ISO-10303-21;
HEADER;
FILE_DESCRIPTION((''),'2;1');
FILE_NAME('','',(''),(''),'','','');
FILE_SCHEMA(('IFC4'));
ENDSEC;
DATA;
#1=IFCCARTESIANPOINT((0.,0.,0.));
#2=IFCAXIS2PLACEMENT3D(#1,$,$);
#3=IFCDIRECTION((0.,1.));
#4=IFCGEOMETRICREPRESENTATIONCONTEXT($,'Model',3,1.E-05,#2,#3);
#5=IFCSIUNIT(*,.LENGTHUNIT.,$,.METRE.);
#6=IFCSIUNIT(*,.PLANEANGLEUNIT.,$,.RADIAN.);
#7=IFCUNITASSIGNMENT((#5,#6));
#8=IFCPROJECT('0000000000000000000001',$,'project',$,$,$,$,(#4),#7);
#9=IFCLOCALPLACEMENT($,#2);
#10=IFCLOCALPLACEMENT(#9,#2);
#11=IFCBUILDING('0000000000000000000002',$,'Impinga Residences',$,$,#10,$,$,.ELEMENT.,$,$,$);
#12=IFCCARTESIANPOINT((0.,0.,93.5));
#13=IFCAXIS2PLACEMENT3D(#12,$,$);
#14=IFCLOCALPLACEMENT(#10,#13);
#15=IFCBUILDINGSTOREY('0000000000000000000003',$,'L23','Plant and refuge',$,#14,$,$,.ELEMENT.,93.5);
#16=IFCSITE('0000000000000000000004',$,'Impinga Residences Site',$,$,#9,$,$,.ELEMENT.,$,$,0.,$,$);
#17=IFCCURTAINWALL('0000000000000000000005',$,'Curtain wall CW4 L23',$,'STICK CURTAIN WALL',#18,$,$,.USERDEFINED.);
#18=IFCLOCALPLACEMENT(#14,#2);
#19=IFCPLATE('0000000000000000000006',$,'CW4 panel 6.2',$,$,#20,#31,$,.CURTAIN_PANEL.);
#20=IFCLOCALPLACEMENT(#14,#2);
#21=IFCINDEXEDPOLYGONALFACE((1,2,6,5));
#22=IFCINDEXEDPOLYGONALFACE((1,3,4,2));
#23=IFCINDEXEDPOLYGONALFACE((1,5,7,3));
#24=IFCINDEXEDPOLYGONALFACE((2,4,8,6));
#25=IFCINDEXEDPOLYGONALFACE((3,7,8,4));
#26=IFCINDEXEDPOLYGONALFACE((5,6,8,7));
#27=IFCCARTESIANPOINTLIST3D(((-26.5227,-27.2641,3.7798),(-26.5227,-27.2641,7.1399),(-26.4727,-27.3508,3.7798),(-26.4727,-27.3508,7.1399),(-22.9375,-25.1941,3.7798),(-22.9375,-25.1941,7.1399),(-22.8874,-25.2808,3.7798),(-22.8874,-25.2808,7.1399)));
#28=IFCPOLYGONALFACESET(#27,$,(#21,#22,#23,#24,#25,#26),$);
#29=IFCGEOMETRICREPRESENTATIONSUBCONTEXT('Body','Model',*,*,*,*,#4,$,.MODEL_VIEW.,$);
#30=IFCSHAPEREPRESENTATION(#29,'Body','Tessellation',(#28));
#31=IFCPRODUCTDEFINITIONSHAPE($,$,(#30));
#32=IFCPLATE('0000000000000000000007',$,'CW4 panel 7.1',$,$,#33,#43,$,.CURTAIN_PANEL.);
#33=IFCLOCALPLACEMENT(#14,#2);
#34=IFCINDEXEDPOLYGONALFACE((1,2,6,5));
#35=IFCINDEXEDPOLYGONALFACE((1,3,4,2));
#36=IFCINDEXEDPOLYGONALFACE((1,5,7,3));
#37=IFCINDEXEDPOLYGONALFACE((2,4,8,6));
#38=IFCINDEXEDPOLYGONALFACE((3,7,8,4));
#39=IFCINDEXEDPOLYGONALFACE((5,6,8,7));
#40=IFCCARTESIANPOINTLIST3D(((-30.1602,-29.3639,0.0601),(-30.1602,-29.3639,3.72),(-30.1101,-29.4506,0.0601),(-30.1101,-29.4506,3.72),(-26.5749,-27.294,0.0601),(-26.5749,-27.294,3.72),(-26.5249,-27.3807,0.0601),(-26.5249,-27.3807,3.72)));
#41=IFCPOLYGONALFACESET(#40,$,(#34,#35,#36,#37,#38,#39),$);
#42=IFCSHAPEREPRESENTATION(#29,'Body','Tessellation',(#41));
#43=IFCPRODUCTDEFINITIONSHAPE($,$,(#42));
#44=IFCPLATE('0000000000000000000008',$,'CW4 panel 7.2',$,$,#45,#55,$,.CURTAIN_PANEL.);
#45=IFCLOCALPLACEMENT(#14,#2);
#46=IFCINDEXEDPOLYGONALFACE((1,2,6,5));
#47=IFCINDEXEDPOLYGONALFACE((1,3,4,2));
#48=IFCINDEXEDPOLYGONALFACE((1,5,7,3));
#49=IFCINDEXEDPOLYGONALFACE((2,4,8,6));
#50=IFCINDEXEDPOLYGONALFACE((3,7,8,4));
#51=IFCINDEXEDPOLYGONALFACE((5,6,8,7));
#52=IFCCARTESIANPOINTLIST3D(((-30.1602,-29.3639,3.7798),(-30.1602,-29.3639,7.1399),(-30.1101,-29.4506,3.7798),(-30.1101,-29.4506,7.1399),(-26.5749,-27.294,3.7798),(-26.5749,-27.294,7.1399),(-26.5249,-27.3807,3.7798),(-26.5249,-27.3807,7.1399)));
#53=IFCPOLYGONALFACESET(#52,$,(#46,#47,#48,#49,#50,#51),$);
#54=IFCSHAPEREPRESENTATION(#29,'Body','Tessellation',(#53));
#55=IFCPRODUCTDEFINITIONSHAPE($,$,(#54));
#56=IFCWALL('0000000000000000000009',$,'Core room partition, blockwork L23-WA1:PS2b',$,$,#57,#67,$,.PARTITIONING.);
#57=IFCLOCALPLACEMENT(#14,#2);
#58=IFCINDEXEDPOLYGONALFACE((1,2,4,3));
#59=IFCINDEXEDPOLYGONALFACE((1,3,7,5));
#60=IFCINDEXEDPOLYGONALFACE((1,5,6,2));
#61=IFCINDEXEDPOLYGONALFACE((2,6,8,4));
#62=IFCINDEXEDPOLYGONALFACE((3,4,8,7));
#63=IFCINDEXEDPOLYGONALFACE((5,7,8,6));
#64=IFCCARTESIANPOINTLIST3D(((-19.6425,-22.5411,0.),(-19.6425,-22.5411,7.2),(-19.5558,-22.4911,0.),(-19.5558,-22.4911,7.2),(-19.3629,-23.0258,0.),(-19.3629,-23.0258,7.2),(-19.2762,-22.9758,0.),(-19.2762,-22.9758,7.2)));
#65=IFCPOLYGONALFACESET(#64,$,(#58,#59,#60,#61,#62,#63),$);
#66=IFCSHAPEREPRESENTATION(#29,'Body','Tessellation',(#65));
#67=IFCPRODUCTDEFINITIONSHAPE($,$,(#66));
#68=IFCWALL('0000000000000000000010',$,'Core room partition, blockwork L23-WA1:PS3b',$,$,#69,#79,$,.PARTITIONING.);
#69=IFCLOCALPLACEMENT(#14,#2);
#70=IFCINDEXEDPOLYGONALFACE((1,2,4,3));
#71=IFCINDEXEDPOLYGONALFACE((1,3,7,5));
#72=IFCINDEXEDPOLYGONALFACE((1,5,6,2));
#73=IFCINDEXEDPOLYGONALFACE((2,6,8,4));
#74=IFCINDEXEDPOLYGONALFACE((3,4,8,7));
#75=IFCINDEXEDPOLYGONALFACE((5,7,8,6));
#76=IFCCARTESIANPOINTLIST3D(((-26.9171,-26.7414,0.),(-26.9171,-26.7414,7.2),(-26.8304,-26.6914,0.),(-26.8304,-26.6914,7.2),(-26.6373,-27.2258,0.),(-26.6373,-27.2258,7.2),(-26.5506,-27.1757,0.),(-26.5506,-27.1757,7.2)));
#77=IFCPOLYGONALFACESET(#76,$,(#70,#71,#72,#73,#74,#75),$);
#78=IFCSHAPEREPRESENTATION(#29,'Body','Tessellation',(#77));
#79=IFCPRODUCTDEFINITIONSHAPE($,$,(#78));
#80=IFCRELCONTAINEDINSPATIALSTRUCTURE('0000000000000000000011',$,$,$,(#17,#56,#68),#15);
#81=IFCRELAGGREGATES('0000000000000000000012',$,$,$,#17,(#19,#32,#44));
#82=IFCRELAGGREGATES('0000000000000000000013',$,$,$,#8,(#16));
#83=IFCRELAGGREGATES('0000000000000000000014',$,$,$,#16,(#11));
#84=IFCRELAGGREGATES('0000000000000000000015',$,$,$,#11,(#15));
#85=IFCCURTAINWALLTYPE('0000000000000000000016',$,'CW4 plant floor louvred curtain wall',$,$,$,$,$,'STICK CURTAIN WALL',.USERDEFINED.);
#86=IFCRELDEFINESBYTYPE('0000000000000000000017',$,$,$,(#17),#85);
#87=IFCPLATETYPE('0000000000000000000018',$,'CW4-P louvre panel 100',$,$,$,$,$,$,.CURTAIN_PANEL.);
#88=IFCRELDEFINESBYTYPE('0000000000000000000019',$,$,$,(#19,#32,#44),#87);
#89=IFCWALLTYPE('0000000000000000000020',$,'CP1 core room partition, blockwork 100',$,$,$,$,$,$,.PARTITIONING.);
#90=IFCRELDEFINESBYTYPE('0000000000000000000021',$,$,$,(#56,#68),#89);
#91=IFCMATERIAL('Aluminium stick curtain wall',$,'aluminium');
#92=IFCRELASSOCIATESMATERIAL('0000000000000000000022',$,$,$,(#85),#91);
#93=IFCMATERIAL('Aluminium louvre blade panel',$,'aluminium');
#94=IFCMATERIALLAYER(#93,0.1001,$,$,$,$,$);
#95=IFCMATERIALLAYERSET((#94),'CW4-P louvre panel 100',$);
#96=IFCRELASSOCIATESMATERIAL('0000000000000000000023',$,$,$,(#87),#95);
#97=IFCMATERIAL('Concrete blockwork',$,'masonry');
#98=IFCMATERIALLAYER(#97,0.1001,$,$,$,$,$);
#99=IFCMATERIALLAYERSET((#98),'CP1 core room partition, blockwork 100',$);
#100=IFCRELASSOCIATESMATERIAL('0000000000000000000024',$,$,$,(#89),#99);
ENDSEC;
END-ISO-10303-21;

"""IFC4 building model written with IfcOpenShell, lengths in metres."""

from ifc_helpers import new_model, si_unit, direction, frame, frame_2d, origin, origin_2d, place, context, subcontext, project, spatial, rectangle, extrude, material, layer, layer_set, type_object, element, aggregate, save


model = new_model("IFC4")

# Units and contexts
model_context = context("Model", 3, precision=1e-05, world=origin(), true_north=direction((0.0, 1.0)))
body_context = subcontext(model_context, "Body", "Model", "MODEL_VIEW")
ifc_project = project(units=[si_unit("LENGTHUNIT", "METRE"), si_unit("PLANEANGLEUNIT", "RADIAN")], contexts=[model_context])

# Site, building, storey
site_placement = place(None, origin())
site = spatial("IfcSite", under=ifc_project, at=site_placement, Name="Impinga Residences Site", CompositionType="ELEMENT", RefElevation=0.0)
building_placement = place(site_placement, origin())
building = spatial("IfcBuilding", under=site, at=building_placement, Name="Impinga Residences", CompositionType="ELEMENT")
storey_placement = place(building_placement, frame((0.0, 0.0, 93.5)))
storey = spatial("IfcBuildingStorey", under=building, at=storey_placement, Name="L23", Description="Plant and refuge", CompositionType="ELEMENT", Elevation=93.5)

# Curtain wall, plates
ifc_material_1 = material(Name="Aluminium stick curtain wall", Category="aluminium")
curtain_wall_type = type_object("IfcCurtainWallType", Name="CW4 plant floor louvred curtain wall", ElementType="STICK CURTAIN WALL", PredefinedType="USERDEFINED", material=ifc_material_1)
curtain_wall_placement = place(storey_placement, origin())
curtain_wall = element("IfcCurtainWall", 1, at=curtain_wall_placement, inside=storey, type_object=curtain_wall_type, Name="Curtain wall CW4 L23", ObjectType="STICK CURTAIN WALL", PredefinedType="USERDEFINED")
ifc_material_2 = material(Name="Aluminium louvre blade panel", Category="aluminium")
ifc_layer_1 = layer(ifc_material_2, 0.1001)
ifc_layer_set_1 = layer_set([ifc_layer_1], Name="CW4-P louvre panel 100")
plate_type = type_object("IfcPlateType", Name="CW4-P louvre panel 100", PredefinedType="CURTAIN_PANEL", material=ifc_layer_set_1)
plate_1_placement = place(storey_placement, frame((-24.7051, -26.2725, 3.7798), z_axis=(0.0, 0.0, 1.0), x_axis=(-0.866025, -0.5, 0.0)))
plate_1 = element("IfcPlate", 2, at=plate_1_placement, type_object=plate_type, Name="CW4 panel 6.2", PredefinedType="CURTAIN_PANEL", context=body_context, shape_type="SweptSolid", body=[
    extrude(rectangle(XDim=4.1399, YDim=0.1001, at=origin_2d()), origin(), (0.0, 0.0, 1.0), 3.3601),
])
plate_2_placement = place(storey_placement, frame((-28.3425, -28.3723, 0.0601), z_axis=(0.0, 0.0, 1.0), x_axis=(-0.866025, -0.5, 0.0)))
plate_2 = element("IfcPlate", 3, at=plate_2_placement, type_object=plate_type, Name="CW4 panel 7.1", PredefinedType="CURTAIN_PANEL", context=body_context, shape_type="SweptSolid", body=[
    extrude(rectangle(XDim=4.1399, YDim=0.1001, at=origin_2d()), origin(), (0.0, 0.0, 1.0), 3.6599),
])
plate_3_placement = place(storey_placement, frame((-28.3425, -28.3723, 3.7798), z_axis=(0.0, 0.0, 1.0), x_axis=(-0.866025, -0.5, 0.0)))
plate_3 = element("IfcPlate", 4, at=plate_3_placement, type_object=plate_type, Name="CW4 panel 7.2", PredefinedType="CURTAIN_PANEL", context=body_context, shape_type="SweptSolid", body=[
    extrude(rectangle(XDim=4.1399, YDim=0.1001, at=origin_2d()), origin(), (0.0, 0.0, 1.0), 3.3601),
])
aggregate(curtain_wall, [plate_1, plate_2, plate_3])

# Walls
ifc_material_3 = material(Name="Concrete blockwork", Category="masonry")
ifc_layer_2 = layer(ifc_material_3, 0.1001)
ifc_layer_set_2 = layer_set([ifc_layer_2], Name="CP1 core room partition, blockwork 100")
wall_type = type_object("IfcWallType", Name="CP1 core room partition, blockwork 100", PredefinedType="PARTITIONING", material=ifc_layer_set_2)
wall_1_placement = place(storey_placement, frame((-19.5991, -22.5161, 0.0), z_axis=(0.0, 0.0, 1.0), x_axis=(0.499659, -0.866222, 0.0)))
element("IfcWall", 5, at=wall_1_placement, inside=storey, type_object=wall_type, Name="Core room partition, blockwork L23-WA1:PS2b", PredefinedType="PARTITIONING", context=body_context, shape_type="SweptSolid", body=[
    extrude(rectangle(XDim=0.5596, YDim=0.1001, at=frame_2d((0.2798, 0.0))), origin(), (0.0, 0.0, 1.0), 7.2),
])
wall_2_placement = place(storey_placement, frame((-26.8738, -26.7163, 0.0), z_axis=(0.0, 0.0, 1.0), x_axis=(0.500176, -0.865924, 0.0)))
element("IfcWall", 6, at=wall_2_placement, inside=storey, type_object=wall_type, Name="Core room partition, blockwork L23-WA1:PS3b", PredefinedType="PARTITIONING", context=body_context, shape_type="SweptSolid", body=[
    extrude(rectangle(XDim=0.5593, YDim=0.1001, at=frame_2d((0.2798, 0.0))), origin(), (0.0, 0.0, 1.0), 7.2),
])

save(model, "model.ifc")
